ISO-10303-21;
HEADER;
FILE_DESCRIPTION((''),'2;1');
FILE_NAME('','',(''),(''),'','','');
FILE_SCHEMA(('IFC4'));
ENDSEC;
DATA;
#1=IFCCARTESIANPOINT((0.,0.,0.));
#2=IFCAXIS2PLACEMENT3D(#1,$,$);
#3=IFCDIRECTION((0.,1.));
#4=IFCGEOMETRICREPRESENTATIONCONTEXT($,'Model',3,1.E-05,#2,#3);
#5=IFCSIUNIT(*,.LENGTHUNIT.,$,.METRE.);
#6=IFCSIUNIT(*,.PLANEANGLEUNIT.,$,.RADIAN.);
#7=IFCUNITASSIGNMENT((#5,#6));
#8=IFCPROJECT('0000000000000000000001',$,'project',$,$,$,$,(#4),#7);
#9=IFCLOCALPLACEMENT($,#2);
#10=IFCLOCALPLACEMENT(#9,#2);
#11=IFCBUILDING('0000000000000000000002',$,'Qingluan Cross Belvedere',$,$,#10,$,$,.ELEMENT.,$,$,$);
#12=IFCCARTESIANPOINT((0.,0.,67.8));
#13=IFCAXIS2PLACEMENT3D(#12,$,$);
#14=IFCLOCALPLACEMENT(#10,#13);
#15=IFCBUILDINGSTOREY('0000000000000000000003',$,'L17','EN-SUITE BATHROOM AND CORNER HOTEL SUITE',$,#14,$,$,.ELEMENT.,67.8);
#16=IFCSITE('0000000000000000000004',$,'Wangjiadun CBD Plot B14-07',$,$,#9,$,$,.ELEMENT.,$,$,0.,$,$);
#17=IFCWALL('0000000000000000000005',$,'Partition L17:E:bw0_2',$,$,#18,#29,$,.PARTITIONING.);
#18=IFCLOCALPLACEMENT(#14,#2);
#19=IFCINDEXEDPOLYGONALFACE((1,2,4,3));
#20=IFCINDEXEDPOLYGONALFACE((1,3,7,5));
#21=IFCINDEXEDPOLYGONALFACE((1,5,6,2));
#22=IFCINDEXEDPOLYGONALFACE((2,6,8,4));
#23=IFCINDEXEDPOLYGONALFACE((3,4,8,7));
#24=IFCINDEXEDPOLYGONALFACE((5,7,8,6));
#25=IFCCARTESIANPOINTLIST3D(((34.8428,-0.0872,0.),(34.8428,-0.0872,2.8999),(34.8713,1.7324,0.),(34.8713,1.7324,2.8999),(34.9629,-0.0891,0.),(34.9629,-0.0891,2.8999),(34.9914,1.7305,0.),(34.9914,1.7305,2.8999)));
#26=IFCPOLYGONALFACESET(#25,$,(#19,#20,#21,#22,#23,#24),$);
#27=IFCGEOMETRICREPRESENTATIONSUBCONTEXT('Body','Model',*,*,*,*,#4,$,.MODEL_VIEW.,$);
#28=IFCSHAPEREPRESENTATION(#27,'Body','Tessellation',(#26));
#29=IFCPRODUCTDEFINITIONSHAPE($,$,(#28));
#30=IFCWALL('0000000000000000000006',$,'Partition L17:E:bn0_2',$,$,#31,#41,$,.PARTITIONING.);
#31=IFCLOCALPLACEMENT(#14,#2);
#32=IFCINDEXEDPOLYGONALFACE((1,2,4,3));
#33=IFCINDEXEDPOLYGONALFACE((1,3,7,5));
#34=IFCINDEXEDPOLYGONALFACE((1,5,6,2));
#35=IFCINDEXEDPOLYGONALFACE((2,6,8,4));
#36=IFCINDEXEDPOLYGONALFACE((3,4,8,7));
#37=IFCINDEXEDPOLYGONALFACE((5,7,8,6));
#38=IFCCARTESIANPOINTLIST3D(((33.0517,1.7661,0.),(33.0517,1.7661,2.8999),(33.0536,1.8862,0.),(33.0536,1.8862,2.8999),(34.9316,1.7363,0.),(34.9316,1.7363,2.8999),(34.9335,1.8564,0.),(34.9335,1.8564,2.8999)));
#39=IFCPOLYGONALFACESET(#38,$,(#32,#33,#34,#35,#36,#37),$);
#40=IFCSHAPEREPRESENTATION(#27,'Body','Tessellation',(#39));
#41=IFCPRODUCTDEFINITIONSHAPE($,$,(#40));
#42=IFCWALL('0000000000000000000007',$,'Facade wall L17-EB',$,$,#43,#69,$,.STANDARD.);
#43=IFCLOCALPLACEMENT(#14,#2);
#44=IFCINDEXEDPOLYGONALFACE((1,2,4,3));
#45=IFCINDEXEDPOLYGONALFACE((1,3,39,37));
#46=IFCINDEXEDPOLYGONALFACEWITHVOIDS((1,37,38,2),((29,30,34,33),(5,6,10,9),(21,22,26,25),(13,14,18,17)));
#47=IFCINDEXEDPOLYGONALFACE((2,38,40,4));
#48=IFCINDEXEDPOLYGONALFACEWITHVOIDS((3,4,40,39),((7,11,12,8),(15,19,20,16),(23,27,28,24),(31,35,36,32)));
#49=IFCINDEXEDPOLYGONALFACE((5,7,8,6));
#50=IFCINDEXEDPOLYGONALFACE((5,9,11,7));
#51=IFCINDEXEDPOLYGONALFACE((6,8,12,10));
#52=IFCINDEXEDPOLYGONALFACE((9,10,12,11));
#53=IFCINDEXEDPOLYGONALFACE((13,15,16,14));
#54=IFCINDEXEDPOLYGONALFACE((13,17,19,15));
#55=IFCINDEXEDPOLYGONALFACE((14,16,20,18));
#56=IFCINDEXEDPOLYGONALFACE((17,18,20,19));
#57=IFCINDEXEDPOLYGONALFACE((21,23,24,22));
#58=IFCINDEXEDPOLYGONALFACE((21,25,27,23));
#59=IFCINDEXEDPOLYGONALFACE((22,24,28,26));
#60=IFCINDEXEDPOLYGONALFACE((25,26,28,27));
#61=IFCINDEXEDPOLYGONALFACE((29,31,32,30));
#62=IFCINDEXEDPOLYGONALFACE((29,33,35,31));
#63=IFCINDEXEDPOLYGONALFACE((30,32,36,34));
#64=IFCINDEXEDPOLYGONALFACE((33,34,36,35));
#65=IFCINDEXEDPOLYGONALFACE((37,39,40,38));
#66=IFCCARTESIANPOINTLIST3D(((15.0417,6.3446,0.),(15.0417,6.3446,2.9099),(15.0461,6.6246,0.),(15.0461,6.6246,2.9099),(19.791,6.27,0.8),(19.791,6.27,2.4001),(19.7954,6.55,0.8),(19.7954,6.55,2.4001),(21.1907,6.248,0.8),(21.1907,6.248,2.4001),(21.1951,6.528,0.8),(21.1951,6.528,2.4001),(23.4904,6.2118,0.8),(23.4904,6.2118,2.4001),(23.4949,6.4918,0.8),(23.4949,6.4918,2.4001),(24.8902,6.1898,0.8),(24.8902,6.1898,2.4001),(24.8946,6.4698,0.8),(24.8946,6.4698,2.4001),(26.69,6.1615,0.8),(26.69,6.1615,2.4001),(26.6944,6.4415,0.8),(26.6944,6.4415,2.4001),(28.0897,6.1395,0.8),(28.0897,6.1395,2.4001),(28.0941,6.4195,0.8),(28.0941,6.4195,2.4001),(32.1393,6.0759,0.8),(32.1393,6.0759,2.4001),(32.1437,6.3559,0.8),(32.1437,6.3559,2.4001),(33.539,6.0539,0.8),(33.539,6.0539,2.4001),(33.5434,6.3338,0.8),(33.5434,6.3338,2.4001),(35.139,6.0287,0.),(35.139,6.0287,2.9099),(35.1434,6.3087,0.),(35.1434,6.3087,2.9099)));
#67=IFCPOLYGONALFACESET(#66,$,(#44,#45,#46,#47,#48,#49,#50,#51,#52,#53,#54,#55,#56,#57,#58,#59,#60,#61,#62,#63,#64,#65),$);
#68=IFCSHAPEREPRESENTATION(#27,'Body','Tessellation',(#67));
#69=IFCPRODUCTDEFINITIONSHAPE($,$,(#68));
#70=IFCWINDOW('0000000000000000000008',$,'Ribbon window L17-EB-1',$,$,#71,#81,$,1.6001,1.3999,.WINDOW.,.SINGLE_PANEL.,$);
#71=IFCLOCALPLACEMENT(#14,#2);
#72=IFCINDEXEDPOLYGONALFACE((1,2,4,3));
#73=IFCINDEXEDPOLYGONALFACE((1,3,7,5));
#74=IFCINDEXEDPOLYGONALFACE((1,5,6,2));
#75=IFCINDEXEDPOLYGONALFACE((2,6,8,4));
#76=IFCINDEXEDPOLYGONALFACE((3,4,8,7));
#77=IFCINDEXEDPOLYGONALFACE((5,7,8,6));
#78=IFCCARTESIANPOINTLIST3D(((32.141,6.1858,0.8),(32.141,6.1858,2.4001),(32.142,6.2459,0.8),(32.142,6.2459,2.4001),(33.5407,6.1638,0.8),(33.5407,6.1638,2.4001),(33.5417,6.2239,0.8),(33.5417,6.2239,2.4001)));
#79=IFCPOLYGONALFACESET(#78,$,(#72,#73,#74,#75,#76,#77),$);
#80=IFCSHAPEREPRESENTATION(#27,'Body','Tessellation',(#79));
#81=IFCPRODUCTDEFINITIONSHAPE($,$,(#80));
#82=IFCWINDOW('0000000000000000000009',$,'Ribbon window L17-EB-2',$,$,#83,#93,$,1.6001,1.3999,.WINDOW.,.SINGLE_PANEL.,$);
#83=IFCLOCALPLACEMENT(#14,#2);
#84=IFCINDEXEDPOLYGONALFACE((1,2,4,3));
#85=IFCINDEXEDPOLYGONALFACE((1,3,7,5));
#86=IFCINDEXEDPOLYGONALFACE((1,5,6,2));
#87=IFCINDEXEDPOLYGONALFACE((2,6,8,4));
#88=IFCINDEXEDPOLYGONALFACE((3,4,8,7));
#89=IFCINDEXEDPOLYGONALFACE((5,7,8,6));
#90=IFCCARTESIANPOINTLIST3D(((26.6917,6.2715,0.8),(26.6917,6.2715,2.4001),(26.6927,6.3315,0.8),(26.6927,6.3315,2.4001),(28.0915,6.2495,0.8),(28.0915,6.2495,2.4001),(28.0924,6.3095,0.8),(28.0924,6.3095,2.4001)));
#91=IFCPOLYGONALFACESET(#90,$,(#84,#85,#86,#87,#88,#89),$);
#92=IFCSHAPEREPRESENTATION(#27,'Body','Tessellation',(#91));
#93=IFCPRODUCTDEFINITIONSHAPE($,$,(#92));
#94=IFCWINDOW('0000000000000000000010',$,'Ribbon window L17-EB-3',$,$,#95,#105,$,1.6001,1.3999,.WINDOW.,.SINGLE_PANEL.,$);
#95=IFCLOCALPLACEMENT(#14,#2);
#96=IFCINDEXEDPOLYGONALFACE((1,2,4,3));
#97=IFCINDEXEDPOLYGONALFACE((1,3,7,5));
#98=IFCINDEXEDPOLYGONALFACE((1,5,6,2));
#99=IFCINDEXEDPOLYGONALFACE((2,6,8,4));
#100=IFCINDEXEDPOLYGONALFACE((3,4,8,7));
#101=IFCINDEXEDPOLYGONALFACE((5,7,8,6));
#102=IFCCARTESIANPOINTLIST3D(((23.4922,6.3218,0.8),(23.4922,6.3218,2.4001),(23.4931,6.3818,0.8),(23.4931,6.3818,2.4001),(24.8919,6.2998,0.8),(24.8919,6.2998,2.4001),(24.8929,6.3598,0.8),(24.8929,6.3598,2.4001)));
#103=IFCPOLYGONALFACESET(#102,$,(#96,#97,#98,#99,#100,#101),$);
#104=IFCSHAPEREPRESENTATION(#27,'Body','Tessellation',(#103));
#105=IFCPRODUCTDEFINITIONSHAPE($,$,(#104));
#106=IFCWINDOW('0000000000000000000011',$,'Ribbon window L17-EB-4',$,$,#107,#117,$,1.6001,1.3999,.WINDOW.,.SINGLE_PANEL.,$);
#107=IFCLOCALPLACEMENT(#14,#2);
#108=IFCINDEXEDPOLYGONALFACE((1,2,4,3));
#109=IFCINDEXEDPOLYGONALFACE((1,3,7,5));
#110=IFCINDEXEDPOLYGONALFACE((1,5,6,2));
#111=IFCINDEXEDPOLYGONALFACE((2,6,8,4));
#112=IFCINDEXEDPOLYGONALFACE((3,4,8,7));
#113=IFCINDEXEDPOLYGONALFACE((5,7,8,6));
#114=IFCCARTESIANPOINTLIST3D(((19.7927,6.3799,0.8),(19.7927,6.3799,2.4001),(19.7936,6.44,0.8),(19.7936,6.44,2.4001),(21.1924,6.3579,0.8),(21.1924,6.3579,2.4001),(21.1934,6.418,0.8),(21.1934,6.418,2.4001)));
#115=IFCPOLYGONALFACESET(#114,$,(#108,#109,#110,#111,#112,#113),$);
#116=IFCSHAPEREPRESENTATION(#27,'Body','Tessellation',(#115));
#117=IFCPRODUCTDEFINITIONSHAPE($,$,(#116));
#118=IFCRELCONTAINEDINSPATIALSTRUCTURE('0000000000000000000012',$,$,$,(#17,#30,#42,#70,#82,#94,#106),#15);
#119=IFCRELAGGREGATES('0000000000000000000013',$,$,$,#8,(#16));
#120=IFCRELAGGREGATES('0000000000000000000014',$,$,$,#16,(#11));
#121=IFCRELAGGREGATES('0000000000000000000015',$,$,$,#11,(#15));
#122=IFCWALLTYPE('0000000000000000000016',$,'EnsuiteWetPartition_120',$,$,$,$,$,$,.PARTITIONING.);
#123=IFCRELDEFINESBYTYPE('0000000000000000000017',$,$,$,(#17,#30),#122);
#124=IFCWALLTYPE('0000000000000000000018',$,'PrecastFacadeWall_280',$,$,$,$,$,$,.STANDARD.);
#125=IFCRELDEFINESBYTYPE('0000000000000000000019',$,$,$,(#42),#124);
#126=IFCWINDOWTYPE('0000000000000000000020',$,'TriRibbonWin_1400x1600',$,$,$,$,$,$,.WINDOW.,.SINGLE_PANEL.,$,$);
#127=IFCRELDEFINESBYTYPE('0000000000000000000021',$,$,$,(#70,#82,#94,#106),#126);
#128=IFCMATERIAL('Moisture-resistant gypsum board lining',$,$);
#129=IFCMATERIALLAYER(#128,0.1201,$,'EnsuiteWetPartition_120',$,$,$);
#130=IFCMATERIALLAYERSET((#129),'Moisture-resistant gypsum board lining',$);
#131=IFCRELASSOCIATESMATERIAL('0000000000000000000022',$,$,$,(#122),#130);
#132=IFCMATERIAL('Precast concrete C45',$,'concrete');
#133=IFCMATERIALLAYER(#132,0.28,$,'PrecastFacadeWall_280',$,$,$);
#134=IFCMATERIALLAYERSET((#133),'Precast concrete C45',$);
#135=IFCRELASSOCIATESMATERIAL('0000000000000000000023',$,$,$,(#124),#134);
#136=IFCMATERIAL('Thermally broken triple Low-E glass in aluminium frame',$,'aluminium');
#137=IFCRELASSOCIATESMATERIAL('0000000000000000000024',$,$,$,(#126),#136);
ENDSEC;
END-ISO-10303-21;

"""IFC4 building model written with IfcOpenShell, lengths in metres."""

from ifc_helpers import new_model, si_unit, direction, frame, frame_2d, origin, place, context, subcontext, project, spatial, rectangle, extrude, material, layer, layer_set, type_object, element, fill, save


model = new_model("IFC4")

# Units and contexts
model_context = context("Model", 3, precision=1e-05, world=origin(), true_north=direction((0.0, 1.0)))
body_context = subcontext(model_context, "Body", "Model", "MODEL_VIEW")
ifc_project = project(units=[si_unit("LENGTHUNIT", "METRE"), si_unit("PLANEANGLEUNIT", "RADIAN")], contexts=[model_context])

# Site, building, storey
site_placement = place(None, origin())
site = spatial("IfcSite", under=ifc_project, at=site_placement, Name="Wangjiadun CBD Plot B14-07", CompositionType="ELEMENT", RefElevation=0.0)
building_placement = place(site_placement, origin())
building = spatial("IfcBuilding", under=site, at=building_placement, Name="Qingluan Cross Belvedere", CompositionType="ELEMENT")
storey_placement = place(building_placement, frame((0.0, 0.0, 67.8)))
storey = spatial("IfcBuildingStorey", under=building, at=storey_placement, Name="L17", Description="EN-SUITE BATHROOM AND CORNER HOTEL SUITE", CompositionType="ELEMENT", Elevation=67.8)

# Shared definitions
ifc_material_1 = material(Name="Moisture-resistant gypsum board lining")
ifc_layer_1 = layer(ifc_material_1, 0.1201, Name="EnsuiteWetPartition_120")
ifc_layer_set_1 = layer_set([ifc_layer_1], Name="Moisture-resistant gypsum board lining")
wall_type_1 = type_object("IfcWallType", Name="EnsuiteWetPartition_120", PredefinedType="PARTITIONING", material=ifc_layer_set_1)

# Walls
wall_1_placement = place(storey_placement, frame((34.9028, -0.0881, 0.0), z_axis=(0.0, 0.0, 1.0), x_axis=(0.015696, 0.999877, 0.0)))
element("IfcWall", 1, at=wall_1_placement, inside=storey, type_object=wall_type_1, Name="Partition L17:E:bw0_2", PredefinedType="PARTITIONING", context=body_context, shape_type="SweptSolid", body=[
    extrude(rectangle(XDim=1.8198, YDim=0.1201, at=frame_2d((0.9099, 0.0))), origin(), (0.0, 0.0, 1.0), 2.8999),
])
wall_2_placement = place(storey_placement, frame((33.0527, 1.8262, 0.0), z_axis=(0.0, 0.0, 1.0), x_axis=(0.999875, -0.015842, 0.0)))
element("IfcWall", 2, at=wall_2_placement, inside=storey, type_object=wall_type_1, Name="Partition L17:E:bn0_2", PredefinedType="PARTITIONING", context=body_context, shape_type="SweptSolid", body=[
    extrude(rectangle(XDim=1.8801, YDim=0.1201, at=frame_2d((0.9399, 0.0))), origin(), (0.0, 0.0, 1.0), 2.8999),
])

# Wall, openings, windows
ifc_material_2 = material(Name="Precast concrete C45", Category="concrete")
ifc_layer_2 = layer(ifc_material_2, 0.28, Name="PrecastFacadeWall_280")
ifc_layer_set_2 = layer_set([ifc_layer_2], Name="Precast concrete C45")
wall_type_2 = type_object("IfcWallType", Name="PrecastFacadeWall_280", PredefinedType="STANDARD", material=ifc_layer_set_2)
wall_3_placement = place(storey_placement, frame((35.1411, 6.1687, 0.0), z_axis=(0.0, 0.0, 1.0), x_axis=(-0.999876, 0.015717, 0.0)))
wall_3 = element("IfcWall", 3, at=wall_3_placement, inside=storey, type_object=wall_type_2, Name="Facade wall L17-EB", PredefinedType="STANDARD", context=body_context, shape_type="SweptSolid", body=[
    extrude(rectangle(XDim=20.0999, YDim=0.28, at=frame_2d((10.0498, 0.0))), origin(), (0.0, 0.0, 1.0), 2.9099),
])
opening_1_placement = place(wall_3_placement, frame((1.6001, 0.0, 0.8)))
opening_1 = element("IfcOpeningElement", 4, at=opening_1_placement, cuts=wall_3, PredefinedType="OPENING", context=body_context, shape_type="SweptSolid", body=[
    extrude(rectangle(XDim=1.3999, YDim=1.6001, at=frame_2d((0.7, 0.8))), frame((0.0, 0.1499, 0.0), z_axis=(0.0, -1.0, 0.0), x_axis=(1.0, 0.0, 0.0)), (0.0, 0.0, 1.0), 0.3),
])
opening_2_placement = place(wall_3_placement, frame((7.05, 0.0, 0.8)))
opening_2 = element("IfcOpeningElement", 5, at=opening_2_placement, cuts=wall_3, PredefinedType="OPENING", context=body_context, shape_type="SweptSolid", body=[
    extrude(rectangle(XDim=1.3999, YDim=1.6001, at=frame_2d((0.7, 0.8))), frame((0.0, 0.1499, 0.0), z_axis=(0.0, -1.0, 0.0), x_axis=(1.0, 0.0, 0.0)), (0.0, 0.0, 1.0), 0.3),
])
opening_3_placement = place(wall_3_placement, frame((10.25, 0.0, 0.8)))
opening_3 = element("IfcOpeningElement", 6, at=opening_3_placement, cuts=wall_3, PredefinedType="OPENING", context=body_context, shape_type="SweptSolid", body=[
    extrude(rectangle(XDim=1.3999, YDim=1.6001, at=frame_2d((0.7, 0.8))), frame((0.0, 0.1499, 0.0), z_axis=(0.0, -1.0, 0.0), x_axis=(1.0, 0.0, 0.0)), (0.0, 0.0, 1.0), 0.3),
])
opening_4_placement = place(wall_3_placement, frame((13.95, 0.0, 0.8)))
opening_4 = element("IfcOpeningElement", 7, at=opening_4_placement, cuts=wall_3, PredefinedType="OPENING", context=body_context, shape_type="SweptSolid", body=[
    extrude(rectangle(XDim=1.3999, YDim=1.6001, at=frame_2d((0.7, 0.8))), frame((0.0, 0.1499, 0.0), z_axis=(0.0, -1.0, 0.0), x_axis=(1.0, 0.0, 0.0)), (0.0, 0.0, 1.0), 0.3),
])
ifc_material_3 = material(Name="Thermally broken triple Low-E glass in aluminium frame", Category="aluminium")
window_type = type_object("IfcWindowType", Name="TriRibbonWin_1400x1600", PartitioningType="SINGLE_PANEL", PredefinedType="WINDOW", material=ifc_material_3)
window_1_placement = place(opening_1_placement, origin())
window_1 = element("IfcWindow", 8, at=window_1_placement, inside=storey, type_object=window_type, Name="Ribbon window L17-EB-1", OverallHeight=1.6001, OverallWidth=1.3999, PartitioningType="SINGLE_PANEL", PredefinedType="WINDOW", context=body_context, shape_type="SweptSolid", body=[
    extrude(rectangle(XDim=1.3999, YDim=1.6001, at=frame_2d((0.7, 0.8))), frame((0.0, 0.03, 0.0), z_axis=(0.0, -1.0, 0.0), x_axis=(1.0, 0.0, 0.0)), (0.0, 0.0, 1.0), 0.0601),
])
fill(opening_1, window_1)
window_2_placement = place(opening_2_placement, origin())
window_2 = element("IfcWindow", 9, at=window_2_placement, inside=storey, type_object=window_type, Name="Ribbon window L17-EB-2", OverallHeight=1.6001, OverallWidth=1.3999, PartitioningType="SINGLE_PANEL", PredefinedType="WINDOW", context=body_context, shape_type="SweptSolid", body=[
    extrude(rectangle(XDim=1.3999, YDim=1.6001, at=frame_2d((0.7, 0.8))), frame((0.0, 0.03, 0.0), z_axis=(0.0, -1.0, 0.0), x_axis=(1.0, 0.0, 0.0)), (0.0, 0.0, 1.0), 0.0601),
])
fill(opening_2, window_2)
window_3_placement = place(opening_3_placement, origin())
window_3 = element("IfcWindow", 10, at=window_3_placement, inside=storey, type_object=window_type, Name="Ribbon window L17-EB-3", OverallHeight=1.6001, OverallWidth=1.3999, PartitioningType="SINGLE_PANEL", PredefinedType="WINDOW", context=body_context, shape_type="SweptSolid", body=[
    extrude(rectangle(XDim=1.3999, YDim=1.6001, at=frame_2d((0.7, 0.8))), frame((0.0, 0.03, 0.0), z_axis=(0.0, -1.0, 0.0), x_axis=(1.0, 0.0, 0.0)), (0.0, 0.0, 1.0), 0.0601),
])
fill(opening_3, window_3)
window_4_placement = place(opening_4_placement, origin())
window_4 = element("IfcWindow", 11, at=window_4_placement, inside=storey, type_object=window_type, Name="Ribbon window L17-EB-4", OverallHeight=1.6001, OverallWidth=1.3999, PartitioningType="SINGLE_PANEL", PredefinedType="WINDOW", context=body_context, shape_type="SweptSolid", body=[
    extrude(rectangle(XDim=1.3999, YDim=1.6001, at=frame_2d((0.7, 0.8))), frame((0.0, 0.03, 0.0), z_axis=(0.0, -1.0, 0.0), x_axis=(1.0, 0.0, 0.0)), (0.0, 0.0, 1.0), 0.0601),
])
fill(opening_4, window_4)

save(model, "model.ifc")
